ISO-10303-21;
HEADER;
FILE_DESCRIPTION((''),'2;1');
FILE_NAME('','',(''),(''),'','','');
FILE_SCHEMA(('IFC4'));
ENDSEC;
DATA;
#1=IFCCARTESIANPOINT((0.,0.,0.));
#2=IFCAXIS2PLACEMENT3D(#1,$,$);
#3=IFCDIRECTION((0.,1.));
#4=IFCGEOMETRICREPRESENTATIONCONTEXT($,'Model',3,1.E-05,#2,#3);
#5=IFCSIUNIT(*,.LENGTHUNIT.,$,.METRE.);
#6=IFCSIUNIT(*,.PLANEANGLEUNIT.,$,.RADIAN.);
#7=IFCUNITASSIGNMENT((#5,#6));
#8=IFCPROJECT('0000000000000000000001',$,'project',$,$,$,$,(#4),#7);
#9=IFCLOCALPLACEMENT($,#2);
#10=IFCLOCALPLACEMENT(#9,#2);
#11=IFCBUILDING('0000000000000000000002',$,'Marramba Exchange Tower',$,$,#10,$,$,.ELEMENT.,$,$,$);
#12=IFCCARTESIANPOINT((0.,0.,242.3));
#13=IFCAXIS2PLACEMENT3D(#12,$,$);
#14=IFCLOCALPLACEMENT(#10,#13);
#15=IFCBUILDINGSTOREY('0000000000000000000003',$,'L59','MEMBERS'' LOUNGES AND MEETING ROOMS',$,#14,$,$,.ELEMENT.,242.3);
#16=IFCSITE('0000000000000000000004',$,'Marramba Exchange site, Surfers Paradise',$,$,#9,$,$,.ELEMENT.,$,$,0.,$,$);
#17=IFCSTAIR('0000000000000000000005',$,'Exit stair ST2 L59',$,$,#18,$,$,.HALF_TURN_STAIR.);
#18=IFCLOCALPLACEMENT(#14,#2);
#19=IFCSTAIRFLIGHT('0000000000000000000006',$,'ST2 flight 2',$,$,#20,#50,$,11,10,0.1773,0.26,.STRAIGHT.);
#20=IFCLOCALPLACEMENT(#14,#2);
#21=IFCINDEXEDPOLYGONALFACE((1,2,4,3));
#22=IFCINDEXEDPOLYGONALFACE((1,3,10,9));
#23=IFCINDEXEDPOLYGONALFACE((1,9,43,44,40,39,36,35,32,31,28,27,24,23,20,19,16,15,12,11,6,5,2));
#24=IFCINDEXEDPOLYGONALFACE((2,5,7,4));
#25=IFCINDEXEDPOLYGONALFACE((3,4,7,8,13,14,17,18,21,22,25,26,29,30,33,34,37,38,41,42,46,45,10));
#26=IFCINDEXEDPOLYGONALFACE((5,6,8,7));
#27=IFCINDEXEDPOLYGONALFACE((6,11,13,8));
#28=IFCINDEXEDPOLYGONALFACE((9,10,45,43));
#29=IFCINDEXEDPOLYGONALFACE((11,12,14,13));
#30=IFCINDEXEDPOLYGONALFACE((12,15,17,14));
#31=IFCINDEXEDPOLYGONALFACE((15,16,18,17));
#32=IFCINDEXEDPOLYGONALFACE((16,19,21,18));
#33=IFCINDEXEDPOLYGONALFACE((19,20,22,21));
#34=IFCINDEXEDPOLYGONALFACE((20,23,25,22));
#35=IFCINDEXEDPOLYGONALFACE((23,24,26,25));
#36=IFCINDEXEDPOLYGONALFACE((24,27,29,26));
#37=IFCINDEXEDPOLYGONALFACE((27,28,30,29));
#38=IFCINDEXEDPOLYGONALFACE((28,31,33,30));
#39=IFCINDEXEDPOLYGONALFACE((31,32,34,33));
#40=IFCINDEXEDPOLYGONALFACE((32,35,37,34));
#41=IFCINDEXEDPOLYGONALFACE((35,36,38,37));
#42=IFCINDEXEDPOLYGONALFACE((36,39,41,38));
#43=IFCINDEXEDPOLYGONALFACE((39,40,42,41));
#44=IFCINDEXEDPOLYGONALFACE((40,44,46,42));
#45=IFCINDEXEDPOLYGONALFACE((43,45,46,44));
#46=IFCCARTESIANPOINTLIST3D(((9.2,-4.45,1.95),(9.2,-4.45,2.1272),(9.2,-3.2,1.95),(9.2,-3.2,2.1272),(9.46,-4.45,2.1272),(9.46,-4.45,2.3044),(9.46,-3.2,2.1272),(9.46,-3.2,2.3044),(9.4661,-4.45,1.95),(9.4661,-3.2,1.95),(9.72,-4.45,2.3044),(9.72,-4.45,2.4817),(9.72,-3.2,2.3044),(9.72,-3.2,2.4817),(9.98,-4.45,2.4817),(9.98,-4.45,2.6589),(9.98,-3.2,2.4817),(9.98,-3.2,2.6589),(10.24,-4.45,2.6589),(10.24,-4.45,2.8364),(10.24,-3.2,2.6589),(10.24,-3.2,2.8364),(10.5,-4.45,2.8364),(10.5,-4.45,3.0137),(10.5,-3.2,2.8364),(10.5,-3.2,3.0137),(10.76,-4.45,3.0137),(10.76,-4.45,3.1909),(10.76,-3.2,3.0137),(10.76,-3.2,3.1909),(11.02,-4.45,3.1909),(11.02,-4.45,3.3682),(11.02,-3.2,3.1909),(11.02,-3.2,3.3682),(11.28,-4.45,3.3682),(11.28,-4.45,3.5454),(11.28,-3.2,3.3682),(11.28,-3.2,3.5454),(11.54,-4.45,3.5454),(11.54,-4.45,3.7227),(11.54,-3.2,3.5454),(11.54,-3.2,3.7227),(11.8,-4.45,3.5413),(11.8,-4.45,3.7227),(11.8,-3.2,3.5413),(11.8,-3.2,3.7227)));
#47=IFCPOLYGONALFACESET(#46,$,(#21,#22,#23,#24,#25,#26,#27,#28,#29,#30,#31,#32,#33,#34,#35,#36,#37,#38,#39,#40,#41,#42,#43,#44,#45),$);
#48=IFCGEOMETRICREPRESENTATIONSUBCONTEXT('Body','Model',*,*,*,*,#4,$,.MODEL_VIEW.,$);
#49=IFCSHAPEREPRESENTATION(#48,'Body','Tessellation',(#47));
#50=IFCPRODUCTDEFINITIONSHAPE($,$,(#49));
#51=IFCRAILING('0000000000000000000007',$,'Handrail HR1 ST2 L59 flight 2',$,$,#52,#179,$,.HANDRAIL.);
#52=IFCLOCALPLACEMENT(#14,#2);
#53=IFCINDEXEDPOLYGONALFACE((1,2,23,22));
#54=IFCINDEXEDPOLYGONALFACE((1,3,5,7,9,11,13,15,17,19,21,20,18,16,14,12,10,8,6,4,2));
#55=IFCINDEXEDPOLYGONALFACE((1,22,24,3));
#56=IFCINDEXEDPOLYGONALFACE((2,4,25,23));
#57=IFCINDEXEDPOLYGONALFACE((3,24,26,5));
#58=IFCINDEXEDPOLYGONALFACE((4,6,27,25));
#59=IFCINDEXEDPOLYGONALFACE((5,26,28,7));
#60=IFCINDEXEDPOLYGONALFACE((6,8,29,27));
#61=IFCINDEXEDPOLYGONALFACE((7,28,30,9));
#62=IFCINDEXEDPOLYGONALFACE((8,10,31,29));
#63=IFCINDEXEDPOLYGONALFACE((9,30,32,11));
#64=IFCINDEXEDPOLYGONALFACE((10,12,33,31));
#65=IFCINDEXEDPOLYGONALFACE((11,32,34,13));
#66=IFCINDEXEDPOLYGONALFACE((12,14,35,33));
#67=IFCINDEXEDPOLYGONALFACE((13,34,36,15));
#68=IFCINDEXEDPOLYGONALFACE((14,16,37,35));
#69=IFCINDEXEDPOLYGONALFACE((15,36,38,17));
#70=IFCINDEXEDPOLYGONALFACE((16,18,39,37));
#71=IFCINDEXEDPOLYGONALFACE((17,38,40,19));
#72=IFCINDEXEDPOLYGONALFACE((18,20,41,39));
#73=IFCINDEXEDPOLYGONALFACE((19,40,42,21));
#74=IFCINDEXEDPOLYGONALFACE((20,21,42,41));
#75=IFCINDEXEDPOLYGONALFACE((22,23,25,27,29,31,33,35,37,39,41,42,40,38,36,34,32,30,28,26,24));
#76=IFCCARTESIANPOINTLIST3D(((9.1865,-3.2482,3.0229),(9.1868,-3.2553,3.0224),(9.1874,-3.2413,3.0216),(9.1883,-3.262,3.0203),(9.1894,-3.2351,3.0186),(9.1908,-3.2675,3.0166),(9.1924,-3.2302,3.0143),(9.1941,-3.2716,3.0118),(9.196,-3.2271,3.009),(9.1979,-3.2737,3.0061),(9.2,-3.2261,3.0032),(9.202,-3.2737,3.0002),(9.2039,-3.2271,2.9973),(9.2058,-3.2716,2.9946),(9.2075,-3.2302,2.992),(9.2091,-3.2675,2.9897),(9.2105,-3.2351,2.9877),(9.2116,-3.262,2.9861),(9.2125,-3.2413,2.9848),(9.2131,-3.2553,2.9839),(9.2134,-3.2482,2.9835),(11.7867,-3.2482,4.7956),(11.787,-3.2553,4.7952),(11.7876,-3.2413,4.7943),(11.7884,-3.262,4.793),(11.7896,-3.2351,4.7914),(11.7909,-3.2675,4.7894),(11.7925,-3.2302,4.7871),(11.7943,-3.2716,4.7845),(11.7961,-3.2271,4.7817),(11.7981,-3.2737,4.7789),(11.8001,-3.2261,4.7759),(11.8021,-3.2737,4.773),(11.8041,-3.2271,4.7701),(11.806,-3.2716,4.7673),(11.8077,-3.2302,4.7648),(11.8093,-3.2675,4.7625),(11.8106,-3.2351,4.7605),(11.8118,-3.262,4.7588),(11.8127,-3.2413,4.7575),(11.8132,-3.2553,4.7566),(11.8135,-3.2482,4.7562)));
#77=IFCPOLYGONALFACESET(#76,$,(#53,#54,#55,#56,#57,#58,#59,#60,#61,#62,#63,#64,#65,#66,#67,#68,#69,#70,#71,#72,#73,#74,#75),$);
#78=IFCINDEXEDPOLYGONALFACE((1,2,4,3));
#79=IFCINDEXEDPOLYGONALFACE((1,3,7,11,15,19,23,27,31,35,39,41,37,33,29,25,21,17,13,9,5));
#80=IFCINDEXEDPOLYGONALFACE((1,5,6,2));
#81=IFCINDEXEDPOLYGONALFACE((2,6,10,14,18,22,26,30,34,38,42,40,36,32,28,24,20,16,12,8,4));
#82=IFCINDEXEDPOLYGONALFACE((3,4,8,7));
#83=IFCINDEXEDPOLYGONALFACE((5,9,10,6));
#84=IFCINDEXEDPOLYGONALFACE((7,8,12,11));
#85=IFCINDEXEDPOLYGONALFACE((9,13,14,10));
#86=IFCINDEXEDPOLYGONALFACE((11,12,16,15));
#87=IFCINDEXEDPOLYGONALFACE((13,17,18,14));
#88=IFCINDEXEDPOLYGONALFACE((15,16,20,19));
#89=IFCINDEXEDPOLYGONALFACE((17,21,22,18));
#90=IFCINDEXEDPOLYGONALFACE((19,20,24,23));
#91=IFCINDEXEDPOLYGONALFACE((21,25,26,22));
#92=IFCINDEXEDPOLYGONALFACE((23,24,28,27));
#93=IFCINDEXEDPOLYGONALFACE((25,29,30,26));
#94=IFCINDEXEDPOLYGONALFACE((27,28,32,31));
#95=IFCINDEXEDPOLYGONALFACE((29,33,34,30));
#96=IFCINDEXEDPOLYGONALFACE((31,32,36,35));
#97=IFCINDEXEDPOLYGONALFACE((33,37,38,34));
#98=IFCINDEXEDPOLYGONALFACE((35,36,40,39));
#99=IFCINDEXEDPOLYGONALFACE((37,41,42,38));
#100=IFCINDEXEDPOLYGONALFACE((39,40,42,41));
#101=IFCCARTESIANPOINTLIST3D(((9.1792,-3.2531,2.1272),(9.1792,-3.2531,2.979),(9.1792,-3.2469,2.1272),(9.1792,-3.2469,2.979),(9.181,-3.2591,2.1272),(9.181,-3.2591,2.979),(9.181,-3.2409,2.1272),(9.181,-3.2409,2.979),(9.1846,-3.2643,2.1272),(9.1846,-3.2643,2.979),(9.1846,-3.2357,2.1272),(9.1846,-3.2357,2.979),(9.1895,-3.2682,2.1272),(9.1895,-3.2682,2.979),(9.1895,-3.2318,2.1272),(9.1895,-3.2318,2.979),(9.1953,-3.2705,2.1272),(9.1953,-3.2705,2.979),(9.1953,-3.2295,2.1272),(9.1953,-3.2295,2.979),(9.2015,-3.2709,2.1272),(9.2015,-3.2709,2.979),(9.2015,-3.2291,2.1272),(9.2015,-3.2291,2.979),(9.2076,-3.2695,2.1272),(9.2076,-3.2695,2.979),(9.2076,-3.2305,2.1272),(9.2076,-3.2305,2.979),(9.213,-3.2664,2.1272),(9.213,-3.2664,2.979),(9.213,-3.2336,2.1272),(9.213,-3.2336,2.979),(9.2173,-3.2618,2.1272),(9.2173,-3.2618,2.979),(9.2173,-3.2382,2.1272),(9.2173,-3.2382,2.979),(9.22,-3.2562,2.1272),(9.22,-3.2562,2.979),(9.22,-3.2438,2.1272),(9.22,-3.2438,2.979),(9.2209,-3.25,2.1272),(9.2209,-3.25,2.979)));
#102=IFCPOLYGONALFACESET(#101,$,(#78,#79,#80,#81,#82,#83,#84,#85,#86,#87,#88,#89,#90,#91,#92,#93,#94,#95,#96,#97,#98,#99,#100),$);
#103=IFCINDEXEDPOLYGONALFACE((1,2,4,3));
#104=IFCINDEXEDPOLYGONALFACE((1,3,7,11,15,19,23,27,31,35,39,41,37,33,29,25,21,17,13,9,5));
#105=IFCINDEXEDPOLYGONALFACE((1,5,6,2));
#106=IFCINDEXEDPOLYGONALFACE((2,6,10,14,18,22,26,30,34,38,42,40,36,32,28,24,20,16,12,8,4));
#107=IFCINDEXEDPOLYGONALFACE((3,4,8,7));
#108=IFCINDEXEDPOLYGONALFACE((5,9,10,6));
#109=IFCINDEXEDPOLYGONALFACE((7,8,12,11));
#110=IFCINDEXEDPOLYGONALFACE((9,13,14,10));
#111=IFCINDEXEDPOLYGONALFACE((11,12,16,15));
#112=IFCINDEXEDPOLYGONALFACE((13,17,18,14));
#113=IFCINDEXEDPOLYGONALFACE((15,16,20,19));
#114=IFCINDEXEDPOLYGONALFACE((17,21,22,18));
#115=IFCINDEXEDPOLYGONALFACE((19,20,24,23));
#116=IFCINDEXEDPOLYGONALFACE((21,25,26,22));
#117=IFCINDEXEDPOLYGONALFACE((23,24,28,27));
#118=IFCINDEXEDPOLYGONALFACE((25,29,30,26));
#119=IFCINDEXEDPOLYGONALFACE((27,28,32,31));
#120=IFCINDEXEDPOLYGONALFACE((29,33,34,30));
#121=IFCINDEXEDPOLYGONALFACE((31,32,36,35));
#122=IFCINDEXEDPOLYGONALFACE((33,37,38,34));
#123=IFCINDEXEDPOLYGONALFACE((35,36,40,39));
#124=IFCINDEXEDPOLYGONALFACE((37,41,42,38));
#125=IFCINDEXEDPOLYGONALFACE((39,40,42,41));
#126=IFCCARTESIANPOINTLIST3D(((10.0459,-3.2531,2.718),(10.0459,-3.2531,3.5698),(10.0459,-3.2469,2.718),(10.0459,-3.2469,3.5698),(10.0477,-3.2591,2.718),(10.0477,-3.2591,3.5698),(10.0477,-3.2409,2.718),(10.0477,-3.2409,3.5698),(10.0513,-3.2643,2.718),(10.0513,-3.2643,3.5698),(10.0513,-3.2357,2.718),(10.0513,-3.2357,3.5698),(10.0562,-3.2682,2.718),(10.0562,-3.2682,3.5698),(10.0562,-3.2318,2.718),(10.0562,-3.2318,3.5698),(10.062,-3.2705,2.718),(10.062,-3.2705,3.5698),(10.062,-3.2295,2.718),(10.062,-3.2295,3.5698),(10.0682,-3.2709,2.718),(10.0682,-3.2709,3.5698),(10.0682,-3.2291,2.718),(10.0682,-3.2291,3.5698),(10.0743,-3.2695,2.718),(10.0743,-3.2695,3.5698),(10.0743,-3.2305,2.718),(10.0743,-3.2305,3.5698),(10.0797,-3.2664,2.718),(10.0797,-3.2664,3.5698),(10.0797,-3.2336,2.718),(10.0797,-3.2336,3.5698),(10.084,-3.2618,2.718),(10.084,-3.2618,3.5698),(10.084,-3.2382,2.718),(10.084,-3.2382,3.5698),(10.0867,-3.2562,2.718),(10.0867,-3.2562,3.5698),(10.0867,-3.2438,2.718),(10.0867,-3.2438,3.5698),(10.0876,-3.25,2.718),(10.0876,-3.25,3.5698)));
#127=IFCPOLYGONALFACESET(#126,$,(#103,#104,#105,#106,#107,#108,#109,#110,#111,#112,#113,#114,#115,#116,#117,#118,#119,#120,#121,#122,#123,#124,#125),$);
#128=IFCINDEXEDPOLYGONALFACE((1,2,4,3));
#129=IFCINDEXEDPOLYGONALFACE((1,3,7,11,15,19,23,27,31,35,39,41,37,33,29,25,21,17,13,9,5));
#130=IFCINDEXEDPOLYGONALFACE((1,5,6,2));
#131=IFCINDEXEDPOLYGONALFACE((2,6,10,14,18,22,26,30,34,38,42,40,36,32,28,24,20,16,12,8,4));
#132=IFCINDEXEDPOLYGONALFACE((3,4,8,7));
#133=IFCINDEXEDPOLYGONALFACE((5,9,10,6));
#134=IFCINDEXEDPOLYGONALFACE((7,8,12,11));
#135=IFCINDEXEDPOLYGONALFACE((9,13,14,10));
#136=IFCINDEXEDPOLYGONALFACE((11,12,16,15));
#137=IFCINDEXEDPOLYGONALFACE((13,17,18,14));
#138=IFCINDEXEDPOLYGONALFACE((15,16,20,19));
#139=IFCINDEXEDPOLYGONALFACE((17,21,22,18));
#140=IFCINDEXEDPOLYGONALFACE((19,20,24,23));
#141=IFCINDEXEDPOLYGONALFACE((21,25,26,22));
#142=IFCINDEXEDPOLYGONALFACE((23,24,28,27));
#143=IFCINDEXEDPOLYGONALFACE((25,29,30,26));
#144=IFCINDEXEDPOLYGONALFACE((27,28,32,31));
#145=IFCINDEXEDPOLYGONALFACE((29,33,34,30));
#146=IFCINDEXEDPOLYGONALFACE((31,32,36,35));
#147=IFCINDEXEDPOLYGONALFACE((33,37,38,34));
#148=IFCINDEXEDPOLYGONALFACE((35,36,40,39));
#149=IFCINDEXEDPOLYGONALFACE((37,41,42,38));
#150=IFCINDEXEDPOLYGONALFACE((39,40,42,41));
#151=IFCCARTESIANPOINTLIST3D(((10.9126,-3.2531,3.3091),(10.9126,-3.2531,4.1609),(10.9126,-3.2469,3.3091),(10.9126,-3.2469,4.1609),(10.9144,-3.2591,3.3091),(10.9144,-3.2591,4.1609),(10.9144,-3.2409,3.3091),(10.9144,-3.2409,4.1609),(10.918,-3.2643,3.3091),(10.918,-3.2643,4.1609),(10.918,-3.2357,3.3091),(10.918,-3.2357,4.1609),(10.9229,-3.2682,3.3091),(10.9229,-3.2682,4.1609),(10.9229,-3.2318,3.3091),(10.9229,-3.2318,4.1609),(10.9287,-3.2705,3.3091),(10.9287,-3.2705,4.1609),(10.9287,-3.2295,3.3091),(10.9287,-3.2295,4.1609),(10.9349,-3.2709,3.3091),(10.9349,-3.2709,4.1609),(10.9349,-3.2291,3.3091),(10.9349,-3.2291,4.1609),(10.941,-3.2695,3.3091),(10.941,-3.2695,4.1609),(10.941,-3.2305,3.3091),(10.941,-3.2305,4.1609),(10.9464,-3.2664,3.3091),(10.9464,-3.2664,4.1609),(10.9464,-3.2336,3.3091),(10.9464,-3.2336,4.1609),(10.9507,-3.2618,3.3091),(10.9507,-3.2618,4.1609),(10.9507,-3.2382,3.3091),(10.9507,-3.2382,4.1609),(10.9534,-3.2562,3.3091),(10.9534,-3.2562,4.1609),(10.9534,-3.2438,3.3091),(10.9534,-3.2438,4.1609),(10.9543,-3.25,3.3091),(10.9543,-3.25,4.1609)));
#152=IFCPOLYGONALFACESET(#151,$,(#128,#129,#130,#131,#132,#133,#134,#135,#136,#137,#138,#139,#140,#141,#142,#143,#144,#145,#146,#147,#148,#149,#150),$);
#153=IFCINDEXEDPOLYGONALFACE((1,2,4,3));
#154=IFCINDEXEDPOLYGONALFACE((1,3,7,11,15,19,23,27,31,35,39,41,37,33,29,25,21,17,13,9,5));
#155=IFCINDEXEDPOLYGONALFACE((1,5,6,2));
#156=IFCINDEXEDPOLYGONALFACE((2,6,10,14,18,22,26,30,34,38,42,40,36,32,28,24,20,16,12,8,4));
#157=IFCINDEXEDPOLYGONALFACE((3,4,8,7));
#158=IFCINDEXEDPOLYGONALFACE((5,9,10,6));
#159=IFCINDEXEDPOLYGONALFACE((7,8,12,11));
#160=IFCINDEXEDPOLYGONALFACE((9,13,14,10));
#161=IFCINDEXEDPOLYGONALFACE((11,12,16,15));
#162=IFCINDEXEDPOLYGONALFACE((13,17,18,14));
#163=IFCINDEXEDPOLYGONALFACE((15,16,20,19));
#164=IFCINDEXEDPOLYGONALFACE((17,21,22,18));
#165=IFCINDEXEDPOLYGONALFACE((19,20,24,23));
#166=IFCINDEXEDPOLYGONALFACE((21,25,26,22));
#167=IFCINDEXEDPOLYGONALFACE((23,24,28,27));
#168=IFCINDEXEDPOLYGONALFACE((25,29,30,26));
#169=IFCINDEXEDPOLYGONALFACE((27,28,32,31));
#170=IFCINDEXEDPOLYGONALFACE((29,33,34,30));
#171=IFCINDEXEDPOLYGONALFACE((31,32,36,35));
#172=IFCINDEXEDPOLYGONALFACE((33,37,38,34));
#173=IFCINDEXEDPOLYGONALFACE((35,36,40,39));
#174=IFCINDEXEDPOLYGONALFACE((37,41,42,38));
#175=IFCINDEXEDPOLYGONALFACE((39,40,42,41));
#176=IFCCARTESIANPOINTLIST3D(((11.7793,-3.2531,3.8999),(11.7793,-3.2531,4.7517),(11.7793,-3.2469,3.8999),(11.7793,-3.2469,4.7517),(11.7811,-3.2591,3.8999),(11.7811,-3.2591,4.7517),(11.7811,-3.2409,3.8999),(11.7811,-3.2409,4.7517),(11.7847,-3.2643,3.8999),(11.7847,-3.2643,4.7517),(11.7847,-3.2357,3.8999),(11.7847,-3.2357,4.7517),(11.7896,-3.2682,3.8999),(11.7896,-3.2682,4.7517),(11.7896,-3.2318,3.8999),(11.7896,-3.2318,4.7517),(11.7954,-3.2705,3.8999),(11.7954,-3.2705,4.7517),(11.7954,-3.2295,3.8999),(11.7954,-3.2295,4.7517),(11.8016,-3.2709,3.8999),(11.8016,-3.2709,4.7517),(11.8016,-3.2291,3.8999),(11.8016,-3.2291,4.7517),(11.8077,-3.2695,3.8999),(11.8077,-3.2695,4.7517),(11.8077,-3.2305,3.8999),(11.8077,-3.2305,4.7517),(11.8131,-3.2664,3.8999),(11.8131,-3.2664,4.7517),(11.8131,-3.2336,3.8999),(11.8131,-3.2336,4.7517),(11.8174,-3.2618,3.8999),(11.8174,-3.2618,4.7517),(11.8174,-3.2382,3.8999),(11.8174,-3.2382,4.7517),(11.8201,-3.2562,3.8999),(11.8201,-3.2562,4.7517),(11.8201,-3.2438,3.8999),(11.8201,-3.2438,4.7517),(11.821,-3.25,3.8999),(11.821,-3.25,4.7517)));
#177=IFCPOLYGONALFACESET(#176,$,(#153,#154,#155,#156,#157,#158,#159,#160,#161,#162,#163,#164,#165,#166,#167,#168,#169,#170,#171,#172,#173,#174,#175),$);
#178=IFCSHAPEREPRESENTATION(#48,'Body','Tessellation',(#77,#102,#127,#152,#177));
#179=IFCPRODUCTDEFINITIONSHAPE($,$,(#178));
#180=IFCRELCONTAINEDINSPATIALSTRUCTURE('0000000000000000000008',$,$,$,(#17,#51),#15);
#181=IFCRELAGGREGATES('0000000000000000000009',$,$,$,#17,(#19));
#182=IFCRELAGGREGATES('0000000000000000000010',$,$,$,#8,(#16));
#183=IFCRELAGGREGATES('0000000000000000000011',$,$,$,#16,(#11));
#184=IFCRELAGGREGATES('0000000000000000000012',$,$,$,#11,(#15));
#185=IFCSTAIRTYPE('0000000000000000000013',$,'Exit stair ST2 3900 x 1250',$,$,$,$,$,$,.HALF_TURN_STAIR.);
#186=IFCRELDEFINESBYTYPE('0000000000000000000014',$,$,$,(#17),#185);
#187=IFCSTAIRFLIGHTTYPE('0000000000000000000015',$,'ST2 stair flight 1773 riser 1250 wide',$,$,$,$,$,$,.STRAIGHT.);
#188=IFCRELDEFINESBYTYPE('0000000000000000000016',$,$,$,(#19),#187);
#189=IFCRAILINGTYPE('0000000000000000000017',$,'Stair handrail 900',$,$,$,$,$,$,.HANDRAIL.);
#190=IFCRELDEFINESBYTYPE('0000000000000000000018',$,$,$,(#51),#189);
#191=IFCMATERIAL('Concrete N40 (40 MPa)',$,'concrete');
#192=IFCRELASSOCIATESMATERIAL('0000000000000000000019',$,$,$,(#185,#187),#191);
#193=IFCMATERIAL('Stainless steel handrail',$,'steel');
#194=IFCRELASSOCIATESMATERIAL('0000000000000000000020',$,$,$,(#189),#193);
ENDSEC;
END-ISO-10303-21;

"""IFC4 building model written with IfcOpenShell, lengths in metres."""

from ifc_helpers import new_model, si_unit, direction, frame, origin, origin_2d, place, context, subcontext, project, spatial, polyline, circle, outline, extrude, material, type_object, element, aggregate, save


model = new_model("IFC4")

# Units and contexts
model_context = context("Model", 3, precision=1e-05, world=origin(), true_north=direction((0.0, 1.0)))
body_context = subcontext(model_context, "Body", "Model", "MODEL_VIEW")
ifc_project = project(units=[si_unit("LENGTHUNIT", "METRE"), si_unit("PLANEANGLEUNIT", "RADIAN")], contexts=[model_context])

# Site, building, storey
site_placement = place(None, origin())
site = spatial("IfcSite", under=ifc_project, at=site_placement, Name="Marramba Exchange site, Surfers Paradise", CompositionType="ELEMENT", RefElevation=0.0)
building_placement = place(site_placement, origin())
building = spatial("IfcBuilding", under=site, at=building_placement, Name="Marramba Exchange Tower", CompositionType="ELEMENT")
storey_placement = place(building_placement, frame((0.0, 0.0, 242.3)))
storey = spatial("IfcBuildingStorey", under=building, at=storey_placement, Name="L59", Description="MEMBERS' LOUNGES AND MEETING ROOMS", CompositionType="ELEMENT", Elevation=242.3)

# Stair
ifc_material_1 = material(Name="Concrete N40 (40 MPa)", Category="concrete")
stair_type_1 = type_object("IfcStairType", Name="Exit stair ST2 3900 x 1250", PredefinedType="HALF_TURN_STAIR", material=ifc_material_1)
stair_1_placement = place(storey_placement, origin())
stair_1 = element("IfcStair", 1, at=stair_1_placement, inside=storey, type_object=stair_type_1, Name="Exit stair ST2 L59", PredefinedType="HALF_TURN_STAIR")

# Stair flight
stair_flight_type = type_object("IfcStairFlightType", Name="ST2 stair flight 1773 riser 1250 wide", PredefinedType="STRAIGHT", material=ifc_material_1)
stair_flight_placement = place(storey_placement, frame((9.2, -3.825, 1.95), z_axis=(0.0, 0.0, 1.0), x_axis=(1.0, 0.0, 0.0)))
stair_flight = element("IfcStairFlight", 2, at=stair_flight_placement, type_object=stair_flight_type, Name="ST2 flight 2", NumberOfRisers=11, NumberOfTreads=10, PredefinedType="STRAIGHT", RiserHeight=0.1773, TreadLength=0.26, context=body_context, shape_type="SweptSolid", body=[
    extrude(outline(polyline([(0.0, 0.0), (0.0, 0.1772), (0.26, 0.1772), (0.26, 0.3545), (0.52, 0.3545), (0.52, 0.5317), (0.78, 0.5317), (0.78, 0.709), (1.04, 0.709), (1.04, 0.8865), (1.3, 0.8865), (1.3, 1.0637), (1.5601, 1.0637), (1.5601, 1.241), (1.8201, 1.241), (1.8201, 1.4182), (2.0801, 1.4182), (2.0801, 1.5955), (2.3401, 1.5955), (2.3401, 1.7727), (2.6001, 1.7727), (2.6001, 1.95), (2.6001, 1.5913), (0.2661, 0.0), (0.0, 0.0)])), frame((0.0, 0.625, 0.0), z_axis=(0.0, -1.0, 0.0), x_axis=(1.0, 0.0, 0.0)), (0.0, 0.0, 1.0), 1.25),
])
aggregate(stair_1, [stair_flight])

# Railing
ifc_material_2 = material(Name="Stainless steel handrail", Category="steel")
railing_type = type_object("IfcRailingType", Name="Stair handrail 900", PredefinedType="HANDRAIL", material=ifc_material_2)
railing_placement = place(storey_placement, frame((9.2, -3.25, 2.1272)))
element("IfcRailing", 3, at=railing_placement, inside=storey, type_object=railing_type, Name="Handrail HR1 ST2 L59 flight 2", PredefinedType="HANDRAIL", context=body_context, shape_type="SweptSolid", body=[
    extrude(circle(Radius=0.0239, at=origin_2d()), frame((0.0, 0.0, 0.876), z_axis=(0.82624, 0.0, 0.563318), x_axis=(0.0, 1.0, 0.0)), (0.0, 0.0, 1.0), 3.147),
    extrude(circle(Radius=0.021, at=origin_2d()), origin(), (0.0, 0.0, 1.0), 0.8518),
    extrude(circle(Radius=0.021, at=origin_2d()), frame((0.8667, 0.0, 0.5908)), (0.0, 0.0, 1.0), 0.8518),
    extrude(circle(Radius=0.021, at=origin_2d()), frame((1.7334, 0.0, 1.1819)), (0.0, 0.0, 1.0), 0.8518),
    extrude(circle(Radius=0.021, at=origin_2d()), frame((2.6001, 0.0, 1.7727)), (0.0, 0.0, 1.0), 0.8518),
])

save(model, "model.ifc")
